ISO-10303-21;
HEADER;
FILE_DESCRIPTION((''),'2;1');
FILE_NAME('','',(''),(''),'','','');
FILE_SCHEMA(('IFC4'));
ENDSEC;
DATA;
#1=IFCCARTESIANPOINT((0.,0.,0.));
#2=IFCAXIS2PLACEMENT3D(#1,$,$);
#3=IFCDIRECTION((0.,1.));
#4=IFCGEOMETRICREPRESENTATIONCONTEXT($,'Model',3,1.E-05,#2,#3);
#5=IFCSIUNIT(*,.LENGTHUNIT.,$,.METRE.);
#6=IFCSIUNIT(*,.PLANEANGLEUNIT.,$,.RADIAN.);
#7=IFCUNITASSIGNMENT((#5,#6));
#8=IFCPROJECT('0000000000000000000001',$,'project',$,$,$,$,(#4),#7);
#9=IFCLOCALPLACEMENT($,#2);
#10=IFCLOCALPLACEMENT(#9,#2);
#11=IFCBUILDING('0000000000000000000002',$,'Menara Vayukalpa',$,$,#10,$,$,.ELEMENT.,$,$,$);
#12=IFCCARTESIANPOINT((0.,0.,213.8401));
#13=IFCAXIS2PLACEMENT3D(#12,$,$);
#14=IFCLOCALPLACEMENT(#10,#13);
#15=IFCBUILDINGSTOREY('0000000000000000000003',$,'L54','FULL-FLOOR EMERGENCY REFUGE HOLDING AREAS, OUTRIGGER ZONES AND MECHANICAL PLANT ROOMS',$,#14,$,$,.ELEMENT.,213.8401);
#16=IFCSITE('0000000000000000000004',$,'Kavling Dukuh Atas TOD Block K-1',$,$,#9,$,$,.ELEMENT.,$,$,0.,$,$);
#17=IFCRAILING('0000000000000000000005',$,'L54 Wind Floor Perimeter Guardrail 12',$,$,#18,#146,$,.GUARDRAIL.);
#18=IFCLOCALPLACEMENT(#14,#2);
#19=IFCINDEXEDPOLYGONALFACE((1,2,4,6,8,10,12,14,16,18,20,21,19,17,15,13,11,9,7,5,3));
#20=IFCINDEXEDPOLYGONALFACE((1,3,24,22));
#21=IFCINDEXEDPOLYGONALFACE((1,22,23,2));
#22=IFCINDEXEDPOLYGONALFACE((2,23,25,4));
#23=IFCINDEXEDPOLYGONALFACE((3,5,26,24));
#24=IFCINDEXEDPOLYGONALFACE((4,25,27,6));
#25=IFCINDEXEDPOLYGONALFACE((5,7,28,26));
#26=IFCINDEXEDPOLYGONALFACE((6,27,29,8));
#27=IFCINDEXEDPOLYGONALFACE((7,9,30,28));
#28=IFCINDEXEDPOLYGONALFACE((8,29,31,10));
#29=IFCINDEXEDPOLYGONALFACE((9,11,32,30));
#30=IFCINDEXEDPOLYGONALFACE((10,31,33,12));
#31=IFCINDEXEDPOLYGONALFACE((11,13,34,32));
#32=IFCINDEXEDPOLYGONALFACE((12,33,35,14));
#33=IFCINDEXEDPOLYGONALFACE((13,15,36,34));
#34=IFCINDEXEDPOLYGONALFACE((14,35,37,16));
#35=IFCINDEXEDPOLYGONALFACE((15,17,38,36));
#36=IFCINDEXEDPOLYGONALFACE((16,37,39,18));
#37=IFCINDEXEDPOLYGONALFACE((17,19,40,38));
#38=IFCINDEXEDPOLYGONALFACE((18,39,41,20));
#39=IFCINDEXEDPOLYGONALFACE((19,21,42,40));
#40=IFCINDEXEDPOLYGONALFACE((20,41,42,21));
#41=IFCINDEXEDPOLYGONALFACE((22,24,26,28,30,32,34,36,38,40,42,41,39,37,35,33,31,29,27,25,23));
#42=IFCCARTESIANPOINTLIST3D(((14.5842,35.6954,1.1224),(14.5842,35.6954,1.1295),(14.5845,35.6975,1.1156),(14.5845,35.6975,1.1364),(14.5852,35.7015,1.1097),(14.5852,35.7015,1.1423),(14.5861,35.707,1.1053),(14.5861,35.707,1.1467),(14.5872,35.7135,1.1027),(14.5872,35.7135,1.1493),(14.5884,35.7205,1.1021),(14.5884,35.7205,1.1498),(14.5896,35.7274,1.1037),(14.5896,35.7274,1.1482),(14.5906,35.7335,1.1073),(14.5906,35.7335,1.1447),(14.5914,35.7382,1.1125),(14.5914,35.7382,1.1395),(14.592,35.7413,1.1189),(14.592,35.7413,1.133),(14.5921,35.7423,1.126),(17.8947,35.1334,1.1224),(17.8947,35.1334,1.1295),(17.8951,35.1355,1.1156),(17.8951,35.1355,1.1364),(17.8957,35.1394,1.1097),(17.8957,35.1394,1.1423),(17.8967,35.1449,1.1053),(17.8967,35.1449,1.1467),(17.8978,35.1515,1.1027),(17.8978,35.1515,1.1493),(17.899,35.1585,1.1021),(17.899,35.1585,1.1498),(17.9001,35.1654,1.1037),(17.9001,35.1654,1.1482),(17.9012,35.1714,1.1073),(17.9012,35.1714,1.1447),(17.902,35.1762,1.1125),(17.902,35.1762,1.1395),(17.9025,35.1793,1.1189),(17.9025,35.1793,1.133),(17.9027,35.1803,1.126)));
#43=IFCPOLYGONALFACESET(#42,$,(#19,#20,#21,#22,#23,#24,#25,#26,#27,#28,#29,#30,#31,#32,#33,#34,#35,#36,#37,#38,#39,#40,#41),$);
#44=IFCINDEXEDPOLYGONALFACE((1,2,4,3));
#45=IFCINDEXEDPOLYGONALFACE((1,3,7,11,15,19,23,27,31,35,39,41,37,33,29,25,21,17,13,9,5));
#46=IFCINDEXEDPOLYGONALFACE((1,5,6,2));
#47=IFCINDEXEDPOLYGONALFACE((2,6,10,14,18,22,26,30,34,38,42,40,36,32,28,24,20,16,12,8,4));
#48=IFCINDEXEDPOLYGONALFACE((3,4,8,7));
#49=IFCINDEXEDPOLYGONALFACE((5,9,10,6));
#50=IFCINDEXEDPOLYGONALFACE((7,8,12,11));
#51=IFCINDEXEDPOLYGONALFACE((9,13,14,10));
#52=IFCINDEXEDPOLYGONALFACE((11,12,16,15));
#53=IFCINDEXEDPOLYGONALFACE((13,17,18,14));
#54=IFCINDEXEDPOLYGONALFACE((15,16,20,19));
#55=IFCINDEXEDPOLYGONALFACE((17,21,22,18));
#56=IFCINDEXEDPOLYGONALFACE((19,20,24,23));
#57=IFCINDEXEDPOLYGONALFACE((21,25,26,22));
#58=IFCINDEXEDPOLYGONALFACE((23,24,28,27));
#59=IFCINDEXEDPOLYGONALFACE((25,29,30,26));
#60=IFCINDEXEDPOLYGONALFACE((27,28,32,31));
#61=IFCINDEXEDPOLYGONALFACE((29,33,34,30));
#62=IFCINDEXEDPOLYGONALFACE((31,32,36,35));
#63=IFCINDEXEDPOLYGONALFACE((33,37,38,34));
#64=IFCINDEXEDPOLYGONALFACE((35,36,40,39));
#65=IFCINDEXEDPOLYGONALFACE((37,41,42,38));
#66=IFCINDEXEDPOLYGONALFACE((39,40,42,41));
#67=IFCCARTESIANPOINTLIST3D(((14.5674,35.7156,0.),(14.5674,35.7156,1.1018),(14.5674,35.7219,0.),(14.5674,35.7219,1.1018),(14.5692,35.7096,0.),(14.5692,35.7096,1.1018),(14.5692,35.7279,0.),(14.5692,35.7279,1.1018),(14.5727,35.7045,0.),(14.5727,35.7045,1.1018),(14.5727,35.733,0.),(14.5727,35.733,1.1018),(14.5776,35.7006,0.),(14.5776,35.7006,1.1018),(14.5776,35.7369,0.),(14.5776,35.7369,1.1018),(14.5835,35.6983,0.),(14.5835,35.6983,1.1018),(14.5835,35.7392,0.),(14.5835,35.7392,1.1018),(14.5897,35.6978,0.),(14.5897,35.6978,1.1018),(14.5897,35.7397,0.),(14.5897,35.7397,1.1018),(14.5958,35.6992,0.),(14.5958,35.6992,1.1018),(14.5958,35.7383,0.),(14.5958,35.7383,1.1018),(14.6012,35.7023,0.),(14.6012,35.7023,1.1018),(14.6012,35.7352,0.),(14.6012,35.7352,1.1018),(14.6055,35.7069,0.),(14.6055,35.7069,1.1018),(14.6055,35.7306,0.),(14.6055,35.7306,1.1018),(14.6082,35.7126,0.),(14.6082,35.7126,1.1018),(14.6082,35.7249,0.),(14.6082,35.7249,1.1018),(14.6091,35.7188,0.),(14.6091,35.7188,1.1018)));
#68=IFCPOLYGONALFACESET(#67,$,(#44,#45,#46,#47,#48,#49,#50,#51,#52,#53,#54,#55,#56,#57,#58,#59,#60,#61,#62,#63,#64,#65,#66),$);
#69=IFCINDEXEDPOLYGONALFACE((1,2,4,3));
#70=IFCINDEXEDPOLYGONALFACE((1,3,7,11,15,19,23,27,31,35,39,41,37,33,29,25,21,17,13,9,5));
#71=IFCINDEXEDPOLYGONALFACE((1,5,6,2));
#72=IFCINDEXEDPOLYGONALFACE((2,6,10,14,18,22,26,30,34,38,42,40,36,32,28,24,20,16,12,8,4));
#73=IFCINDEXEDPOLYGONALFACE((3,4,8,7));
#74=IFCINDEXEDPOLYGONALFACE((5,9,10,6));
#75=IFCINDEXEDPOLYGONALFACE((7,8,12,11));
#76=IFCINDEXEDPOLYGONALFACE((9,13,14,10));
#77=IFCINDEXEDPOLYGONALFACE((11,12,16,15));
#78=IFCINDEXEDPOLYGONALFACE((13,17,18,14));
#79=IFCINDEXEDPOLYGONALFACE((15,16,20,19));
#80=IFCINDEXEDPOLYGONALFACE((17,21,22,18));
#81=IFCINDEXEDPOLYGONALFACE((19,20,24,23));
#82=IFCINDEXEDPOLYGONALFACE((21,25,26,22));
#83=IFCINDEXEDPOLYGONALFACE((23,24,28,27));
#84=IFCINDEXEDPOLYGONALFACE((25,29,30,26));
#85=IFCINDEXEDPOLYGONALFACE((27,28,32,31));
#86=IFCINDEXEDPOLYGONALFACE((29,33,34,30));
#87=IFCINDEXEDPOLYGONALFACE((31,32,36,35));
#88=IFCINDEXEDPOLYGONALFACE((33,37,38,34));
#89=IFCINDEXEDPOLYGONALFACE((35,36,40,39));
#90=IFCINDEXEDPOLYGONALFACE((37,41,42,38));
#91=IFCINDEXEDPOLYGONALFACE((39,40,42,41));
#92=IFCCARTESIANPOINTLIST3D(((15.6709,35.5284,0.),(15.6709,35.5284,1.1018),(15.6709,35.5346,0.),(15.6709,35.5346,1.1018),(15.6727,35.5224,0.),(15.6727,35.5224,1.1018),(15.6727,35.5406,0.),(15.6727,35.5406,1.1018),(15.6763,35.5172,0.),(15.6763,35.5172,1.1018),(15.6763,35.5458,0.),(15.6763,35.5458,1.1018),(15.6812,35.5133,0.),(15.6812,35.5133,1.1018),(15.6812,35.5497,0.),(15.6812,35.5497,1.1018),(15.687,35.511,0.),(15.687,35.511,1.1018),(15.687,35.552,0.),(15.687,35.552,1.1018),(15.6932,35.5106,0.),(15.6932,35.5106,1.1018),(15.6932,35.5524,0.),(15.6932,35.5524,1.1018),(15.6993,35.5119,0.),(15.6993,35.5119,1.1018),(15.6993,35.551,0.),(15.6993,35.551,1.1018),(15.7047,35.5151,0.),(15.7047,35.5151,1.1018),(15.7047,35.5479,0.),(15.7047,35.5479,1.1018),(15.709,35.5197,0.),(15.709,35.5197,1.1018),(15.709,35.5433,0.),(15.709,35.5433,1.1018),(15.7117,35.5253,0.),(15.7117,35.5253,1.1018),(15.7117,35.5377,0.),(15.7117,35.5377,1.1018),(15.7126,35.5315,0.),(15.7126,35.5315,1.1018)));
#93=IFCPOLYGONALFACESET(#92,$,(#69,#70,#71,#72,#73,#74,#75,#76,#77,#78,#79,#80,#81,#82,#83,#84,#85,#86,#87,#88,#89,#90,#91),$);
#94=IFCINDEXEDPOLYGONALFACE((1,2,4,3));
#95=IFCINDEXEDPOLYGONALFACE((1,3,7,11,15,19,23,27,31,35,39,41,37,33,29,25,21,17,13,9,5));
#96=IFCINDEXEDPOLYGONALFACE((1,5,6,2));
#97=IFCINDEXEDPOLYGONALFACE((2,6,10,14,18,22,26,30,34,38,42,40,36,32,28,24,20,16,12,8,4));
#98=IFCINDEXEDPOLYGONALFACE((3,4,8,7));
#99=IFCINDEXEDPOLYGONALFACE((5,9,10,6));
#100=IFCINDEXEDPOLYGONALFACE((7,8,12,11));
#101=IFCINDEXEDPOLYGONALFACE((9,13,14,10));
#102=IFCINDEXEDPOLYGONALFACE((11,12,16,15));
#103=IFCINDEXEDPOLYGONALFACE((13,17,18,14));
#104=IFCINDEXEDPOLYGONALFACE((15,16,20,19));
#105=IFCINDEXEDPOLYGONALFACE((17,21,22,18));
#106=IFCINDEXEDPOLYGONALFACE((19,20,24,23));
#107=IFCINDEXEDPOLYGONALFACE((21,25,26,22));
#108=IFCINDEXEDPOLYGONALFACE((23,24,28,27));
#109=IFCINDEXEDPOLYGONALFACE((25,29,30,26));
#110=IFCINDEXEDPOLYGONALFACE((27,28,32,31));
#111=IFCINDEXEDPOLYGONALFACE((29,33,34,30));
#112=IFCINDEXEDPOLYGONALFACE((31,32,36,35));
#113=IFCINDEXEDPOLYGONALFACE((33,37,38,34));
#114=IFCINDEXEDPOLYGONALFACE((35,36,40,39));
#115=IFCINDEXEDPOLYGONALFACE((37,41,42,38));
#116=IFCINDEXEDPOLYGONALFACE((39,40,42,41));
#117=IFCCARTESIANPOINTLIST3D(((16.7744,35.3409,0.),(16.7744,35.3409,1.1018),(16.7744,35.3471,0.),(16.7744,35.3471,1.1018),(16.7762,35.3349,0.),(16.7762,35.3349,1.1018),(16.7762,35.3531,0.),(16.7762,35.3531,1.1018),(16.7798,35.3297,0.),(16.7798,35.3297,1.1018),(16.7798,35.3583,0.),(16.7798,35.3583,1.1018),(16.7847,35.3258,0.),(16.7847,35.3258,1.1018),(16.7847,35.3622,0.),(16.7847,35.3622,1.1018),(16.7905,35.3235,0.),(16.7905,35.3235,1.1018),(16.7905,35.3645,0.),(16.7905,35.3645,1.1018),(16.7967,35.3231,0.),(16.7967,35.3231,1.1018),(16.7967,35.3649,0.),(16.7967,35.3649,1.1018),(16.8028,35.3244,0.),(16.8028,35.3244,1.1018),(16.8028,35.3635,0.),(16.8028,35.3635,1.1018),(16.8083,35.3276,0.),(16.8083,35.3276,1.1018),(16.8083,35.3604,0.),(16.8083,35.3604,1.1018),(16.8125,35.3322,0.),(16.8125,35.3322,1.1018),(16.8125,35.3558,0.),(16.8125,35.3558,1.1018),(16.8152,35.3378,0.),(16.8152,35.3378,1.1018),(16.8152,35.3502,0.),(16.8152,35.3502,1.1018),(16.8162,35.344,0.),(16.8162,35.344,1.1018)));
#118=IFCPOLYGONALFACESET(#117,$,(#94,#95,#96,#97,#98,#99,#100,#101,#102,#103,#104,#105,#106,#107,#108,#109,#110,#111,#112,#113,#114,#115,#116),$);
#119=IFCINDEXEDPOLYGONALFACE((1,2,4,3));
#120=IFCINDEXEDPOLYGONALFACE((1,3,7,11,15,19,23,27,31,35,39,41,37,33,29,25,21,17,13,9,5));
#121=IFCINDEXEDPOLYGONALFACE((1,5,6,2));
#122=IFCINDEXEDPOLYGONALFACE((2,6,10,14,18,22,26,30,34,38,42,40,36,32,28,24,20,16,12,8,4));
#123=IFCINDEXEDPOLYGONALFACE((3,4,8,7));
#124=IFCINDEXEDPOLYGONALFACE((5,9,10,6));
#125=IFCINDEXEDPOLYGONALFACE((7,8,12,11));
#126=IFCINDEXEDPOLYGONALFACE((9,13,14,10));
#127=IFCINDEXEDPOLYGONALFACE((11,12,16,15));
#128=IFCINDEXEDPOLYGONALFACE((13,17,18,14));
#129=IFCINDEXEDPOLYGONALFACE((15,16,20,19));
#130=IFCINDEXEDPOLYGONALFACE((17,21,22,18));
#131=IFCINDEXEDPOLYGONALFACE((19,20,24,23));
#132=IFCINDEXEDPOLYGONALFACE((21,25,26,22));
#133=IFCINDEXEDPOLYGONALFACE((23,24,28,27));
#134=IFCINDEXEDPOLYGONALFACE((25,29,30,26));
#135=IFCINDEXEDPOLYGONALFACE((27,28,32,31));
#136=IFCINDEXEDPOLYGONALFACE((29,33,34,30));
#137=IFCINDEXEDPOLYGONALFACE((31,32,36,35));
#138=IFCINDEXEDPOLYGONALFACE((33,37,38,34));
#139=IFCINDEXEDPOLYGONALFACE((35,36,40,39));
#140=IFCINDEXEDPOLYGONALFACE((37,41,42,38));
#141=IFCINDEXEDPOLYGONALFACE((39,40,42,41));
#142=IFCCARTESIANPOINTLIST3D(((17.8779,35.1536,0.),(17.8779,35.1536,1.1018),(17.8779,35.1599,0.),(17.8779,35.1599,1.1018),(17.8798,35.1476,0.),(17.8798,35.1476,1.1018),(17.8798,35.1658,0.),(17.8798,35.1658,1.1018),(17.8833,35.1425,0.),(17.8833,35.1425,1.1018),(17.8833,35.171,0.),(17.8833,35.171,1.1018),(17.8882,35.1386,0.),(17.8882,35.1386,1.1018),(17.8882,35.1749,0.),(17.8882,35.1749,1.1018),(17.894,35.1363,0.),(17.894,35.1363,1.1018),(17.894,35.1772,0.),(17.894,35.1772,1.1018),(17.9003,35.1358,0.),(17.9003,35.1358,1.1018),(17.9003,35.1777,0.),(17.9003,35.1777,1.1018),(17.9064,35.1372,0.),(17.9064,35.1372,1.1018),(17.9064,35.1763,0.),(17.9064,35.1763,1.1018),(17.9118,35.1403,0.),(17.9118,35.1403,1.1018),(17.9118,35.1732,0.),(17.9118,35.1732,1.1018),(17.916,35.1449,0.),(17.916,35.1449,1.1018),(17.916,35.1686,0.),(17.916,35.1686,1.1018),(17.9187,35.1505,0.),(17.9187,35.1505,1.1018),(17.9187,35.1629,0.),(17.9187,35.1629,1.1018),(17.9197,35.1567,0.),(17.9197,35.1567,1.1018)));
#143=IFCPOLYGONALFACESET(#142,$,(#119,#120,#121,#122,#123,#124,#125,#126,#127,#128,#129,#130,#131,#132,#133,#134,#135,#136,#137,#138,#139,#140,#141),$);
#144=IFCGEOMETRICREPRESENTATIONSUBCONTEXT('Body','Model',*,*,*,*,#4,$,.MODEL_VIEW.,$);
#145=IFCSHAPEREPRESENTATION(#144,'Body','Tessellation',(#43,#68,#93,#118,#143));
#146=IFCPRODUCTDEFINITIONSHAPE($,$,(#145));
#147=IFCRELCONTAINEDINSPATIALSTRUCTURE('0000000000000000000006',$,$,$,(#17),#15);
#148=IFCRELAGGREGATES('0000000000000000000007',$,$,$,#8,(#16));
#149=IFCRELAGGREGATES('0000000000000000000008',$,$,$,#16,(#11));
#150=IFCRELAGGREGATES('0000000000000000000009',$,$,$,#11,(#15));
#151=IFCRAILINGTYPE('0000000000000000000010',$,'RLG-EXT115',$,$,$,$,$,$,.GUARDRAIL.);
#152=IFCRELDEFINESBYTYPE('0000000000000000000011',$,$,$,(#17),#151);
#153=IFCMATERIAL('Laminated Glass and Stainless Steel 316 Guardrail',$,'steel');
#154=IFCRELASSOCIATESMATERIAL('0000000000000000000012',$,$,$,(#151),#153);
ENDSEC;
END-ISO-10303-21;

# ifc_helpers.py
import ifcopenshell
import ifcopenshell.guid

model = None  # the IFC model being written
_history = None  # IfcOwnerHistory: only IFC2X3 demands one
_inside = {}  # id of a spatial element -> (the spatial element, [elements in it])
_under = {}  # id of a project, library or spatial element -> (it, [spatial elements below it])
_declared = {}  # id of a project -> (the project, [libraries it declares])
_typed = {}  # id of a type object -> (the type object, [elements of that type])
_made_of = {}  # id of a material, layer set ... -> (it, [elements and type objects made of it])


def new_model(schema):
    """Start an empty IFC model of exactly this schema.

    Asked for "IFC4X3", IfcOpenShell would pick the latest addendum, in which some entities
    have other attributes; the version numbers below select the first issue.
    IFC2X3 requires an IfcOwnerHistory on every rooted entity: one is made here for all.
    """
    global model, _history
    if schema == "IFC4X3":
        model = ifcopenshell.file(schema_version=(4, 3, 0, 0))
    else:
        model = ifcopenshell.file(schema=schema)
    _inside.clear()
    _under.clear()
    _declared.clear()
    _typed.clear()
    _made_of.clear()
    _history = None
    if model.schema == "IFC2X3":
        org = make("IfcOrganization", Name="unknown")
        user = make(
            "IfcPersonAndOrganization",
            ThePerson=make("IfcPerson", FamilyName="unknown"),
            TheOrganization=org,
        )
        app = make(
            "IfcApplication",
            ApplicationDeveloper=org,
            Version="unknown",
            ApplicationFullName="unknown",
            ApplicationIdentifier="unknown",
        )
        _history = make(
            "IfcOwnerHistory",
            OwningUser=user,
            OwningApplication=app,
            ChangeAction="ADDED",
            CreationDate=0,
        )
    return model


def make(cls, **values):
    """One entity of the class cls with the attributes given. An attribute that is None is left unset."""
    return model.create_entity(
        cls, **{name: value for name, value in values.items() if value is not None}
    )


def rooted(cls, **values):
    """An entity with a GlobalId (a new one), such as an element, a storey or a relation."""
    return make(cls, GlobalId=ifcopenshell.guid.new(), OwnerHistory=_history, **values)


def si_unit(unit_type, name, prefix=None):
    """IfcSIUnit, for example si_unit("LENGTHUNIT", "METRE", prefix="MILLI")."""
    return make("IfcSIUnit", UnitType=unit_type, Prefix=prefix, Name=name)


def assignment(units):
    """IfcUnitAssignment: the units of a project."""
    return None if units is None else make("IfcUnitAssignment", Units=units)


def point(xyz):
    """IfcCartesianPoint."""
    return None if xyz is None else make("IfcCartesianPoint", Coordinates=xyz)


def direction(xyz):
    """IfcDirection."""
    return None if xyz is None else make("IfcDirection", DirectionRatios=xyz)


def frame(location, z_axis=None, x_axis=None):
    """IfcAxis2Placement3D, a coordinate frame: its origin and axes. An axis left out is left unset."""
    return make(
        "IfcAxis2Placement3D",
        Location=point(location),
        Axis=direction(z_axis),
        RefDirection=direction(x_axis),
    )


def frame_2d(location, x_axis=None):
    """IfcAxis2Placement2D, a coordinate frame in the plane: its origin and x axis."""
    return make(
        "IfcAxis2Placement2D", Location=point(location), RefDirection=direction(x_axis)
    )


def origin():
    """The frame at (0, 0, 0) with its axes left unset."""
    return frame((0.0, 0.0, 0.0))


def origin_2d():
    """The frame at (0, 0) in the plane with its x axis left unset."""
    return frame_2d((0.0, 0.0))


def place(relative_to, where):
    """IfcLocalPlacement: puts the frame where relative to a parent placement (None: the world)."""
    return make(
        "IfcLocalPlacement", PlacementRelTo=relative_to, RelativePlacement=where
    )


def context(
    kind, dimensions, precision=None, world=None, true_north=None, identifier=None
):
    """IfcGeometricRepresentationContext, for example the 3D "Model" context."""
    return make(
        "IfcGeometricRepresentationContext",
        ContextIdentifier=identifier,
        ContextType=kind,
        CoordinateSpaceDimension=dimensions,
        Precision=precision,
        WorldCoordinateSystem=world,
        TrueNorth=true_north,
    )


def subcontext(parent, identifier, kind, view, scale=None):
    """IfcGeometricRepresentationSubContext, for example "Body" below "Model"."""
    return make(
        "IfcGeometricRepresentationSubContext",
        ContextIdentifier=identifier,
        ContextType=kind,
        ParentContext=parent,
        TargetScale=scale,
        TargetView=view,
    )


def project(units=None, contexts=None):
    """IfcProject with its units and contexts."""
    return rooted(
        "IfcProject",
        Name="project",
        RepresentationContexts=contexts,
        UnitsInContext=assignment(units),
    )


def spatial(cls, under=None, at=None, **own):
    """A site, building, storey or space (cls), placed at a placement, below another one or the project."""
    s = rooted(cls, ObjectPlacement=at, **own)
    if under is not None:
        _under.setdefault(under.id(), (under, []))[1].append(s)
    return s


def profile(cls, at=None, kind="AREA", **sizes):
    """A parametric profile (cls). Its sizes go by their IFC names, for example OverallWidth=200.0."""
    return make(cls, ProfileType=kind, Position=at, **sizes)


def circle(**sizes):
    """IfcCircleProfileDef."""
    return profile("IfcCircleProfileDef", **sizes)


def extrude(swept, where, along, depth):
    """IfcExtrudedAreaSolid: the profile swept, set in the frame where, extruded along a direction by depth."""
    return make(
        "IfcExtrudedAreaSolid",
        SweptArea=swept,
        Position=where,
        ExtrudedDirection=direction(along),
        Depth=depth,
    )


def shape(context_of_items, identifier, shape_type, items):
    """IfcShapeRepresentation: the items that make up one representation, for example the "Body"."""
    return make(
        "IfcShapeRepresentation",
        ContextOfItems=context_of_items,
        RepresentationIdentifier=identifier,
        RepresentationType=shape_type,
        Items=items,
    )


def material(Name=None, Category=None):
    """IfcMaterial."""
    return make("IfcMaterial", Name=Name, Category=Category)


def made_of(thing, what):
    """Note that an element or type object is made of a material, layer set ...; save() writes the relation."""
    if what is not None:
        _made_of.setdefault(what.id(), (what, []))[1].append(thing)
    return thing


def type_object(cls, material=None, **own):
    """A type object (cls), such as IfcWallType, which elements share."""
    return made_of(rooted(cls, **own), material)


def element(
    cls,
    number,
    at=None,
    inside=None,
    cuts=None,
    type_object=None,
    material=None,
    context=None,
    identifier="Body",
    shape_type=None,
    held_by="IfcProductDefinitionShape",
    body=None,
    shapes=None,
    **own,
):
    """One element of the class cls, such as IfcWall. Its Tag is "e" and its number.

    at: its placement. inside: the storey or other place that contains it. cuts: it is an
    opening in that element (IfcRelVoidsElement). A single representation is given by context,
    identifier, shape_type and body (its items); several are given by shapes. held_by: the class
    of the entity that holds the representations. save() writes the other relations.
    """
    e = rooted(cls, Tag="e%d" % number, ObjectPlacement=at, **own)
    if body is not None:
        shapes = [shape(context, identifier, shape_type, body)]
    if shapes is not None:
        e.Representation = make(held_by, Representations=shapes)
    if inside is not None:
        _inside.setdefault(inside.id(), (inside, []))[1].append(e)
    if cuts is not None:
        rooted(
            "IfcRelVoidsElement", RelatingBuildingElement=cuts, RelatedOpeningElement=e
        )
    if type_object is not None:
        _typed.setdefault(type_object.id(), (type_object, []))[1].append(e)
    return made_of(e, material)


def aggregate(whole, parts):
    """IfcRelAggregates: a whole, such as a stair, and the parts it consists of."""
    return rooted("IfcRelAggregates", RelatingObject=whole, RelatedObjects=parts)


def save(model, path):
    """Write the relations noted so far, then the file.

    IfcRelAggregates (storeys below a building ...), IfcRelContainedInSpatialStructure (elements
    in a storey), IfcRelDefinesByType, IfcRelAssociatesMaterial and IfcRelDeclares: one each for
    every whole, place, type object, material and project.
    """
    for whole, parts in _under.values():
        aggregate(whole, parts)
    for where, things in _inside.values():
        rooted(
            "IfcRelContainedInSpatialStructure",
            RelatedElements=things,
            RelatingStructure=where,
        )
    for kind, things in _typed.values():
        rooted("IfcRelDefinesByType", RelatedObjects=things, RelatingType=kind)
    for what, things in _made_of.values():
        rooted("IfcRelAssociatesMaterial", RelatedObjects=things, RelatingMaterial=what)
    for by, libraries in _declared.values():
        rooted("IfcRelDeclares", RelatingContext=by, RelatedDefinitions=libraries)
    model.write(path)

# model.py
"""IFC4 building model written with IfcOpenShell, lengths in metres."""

from ifc_helpers import new_model, si_unit, direction, frame, origin, origin_2d, place, context, subcontext, project, spatial, circle, extrude, material, type_object, element, save


model = new_model("IFC4")

# Units and contexts
model_context = context("Model", 3, precision=1e-05, world=origin(), true_north=direction((0.0, 1.0)))
body_context = subcontext(model_context, "Body", "Model", "MODEL_VIEW")
ifc_project = project(units=[si_unit("LENGTHUNIT", "METRE"), si_unit("PLANEANGLEUNIT", "RADIAN")], contexts=[model_context])

# Site, building, storey
site_placement = place(None, origin())
site = spatial("IfcSite", under=ifc_project, at=site_placement, Name="Kavling Dukuh Atas TOD Block K-1", CompositionType="ELEMENT", RefElevation=0.0)
building_placement = place(site_placement, origin())
building = spatial("IfcBuilding", under=site, at=building_placement, Name="Menara Vayukalpa", CompositionType="ELEMENT")
storey_placement = place(building_placement, frame((0.0, 0.0, 213.8401)))
storey = spatial("IfcBuildingStorey", under=building, at=storey_placement, Name="L54", Description="FULL-FLOOR EMERGENCY REFUGE HOLDING AREAS, OUTRIGGER ZONES AND MECHANICAL PLANT ROOMS", CompositionType="ELEMENT", Elevation=213.8401)

# Railing
ifc_material_1 = material(Name="Laminated Glass and Stainless Steel 316 Guardrail", Category="steel")
railing_type = type_object("IfcRailingType", Name="RLG-EXT115", PredefinedType="GUARDRAIL", material=ifc_material_1)
railing_1_placement = place(storey_placement, frame((14.5881, 35.7188, 0.0)))
element("IfcRailing", 1, at=railing_1_placement, inside=storey, type_object=railing_type, Name="L54 Wind Floor Perimeter Guardrail 12", PredefinedType="GUARDRAIL", context=body_context, shape_type="SweptSolid", body=[
    extrude(circle(Radius=0.0239, at=origin_2d()), frame((0.0, 0.0, 1.126), z_axis=(0.985894, -0.167369, 0.0), x_axis=(0.167369, 0.985894, 0.0)), (0.0, 0.0, 1.0), 3.3579),
    extrude(circle(Radius=0.021, at=origin_2d()), origin(), (0.0, 0.0, 1.0), 1.1018),
    extrude(circle(Radius=0.021, at=origin_2d()), frame((1.1035, -0.1873, 0.0)), (0.0, 0.0, 1.0), 1.1018),
    extrude(circle(Radius=0.021, at=origin_2d()), frame((2.207, -0.3748, 0.0)), (0.0, 0.0, 1.0), 1.1018),
    extrude(circle(Radius=0.021, at=origin_2d()), frame((3.3105, -0.562, 0.0)), (0.0, 0.0, 1.0), 1.1018),
])

save(model, "model.ifc")
